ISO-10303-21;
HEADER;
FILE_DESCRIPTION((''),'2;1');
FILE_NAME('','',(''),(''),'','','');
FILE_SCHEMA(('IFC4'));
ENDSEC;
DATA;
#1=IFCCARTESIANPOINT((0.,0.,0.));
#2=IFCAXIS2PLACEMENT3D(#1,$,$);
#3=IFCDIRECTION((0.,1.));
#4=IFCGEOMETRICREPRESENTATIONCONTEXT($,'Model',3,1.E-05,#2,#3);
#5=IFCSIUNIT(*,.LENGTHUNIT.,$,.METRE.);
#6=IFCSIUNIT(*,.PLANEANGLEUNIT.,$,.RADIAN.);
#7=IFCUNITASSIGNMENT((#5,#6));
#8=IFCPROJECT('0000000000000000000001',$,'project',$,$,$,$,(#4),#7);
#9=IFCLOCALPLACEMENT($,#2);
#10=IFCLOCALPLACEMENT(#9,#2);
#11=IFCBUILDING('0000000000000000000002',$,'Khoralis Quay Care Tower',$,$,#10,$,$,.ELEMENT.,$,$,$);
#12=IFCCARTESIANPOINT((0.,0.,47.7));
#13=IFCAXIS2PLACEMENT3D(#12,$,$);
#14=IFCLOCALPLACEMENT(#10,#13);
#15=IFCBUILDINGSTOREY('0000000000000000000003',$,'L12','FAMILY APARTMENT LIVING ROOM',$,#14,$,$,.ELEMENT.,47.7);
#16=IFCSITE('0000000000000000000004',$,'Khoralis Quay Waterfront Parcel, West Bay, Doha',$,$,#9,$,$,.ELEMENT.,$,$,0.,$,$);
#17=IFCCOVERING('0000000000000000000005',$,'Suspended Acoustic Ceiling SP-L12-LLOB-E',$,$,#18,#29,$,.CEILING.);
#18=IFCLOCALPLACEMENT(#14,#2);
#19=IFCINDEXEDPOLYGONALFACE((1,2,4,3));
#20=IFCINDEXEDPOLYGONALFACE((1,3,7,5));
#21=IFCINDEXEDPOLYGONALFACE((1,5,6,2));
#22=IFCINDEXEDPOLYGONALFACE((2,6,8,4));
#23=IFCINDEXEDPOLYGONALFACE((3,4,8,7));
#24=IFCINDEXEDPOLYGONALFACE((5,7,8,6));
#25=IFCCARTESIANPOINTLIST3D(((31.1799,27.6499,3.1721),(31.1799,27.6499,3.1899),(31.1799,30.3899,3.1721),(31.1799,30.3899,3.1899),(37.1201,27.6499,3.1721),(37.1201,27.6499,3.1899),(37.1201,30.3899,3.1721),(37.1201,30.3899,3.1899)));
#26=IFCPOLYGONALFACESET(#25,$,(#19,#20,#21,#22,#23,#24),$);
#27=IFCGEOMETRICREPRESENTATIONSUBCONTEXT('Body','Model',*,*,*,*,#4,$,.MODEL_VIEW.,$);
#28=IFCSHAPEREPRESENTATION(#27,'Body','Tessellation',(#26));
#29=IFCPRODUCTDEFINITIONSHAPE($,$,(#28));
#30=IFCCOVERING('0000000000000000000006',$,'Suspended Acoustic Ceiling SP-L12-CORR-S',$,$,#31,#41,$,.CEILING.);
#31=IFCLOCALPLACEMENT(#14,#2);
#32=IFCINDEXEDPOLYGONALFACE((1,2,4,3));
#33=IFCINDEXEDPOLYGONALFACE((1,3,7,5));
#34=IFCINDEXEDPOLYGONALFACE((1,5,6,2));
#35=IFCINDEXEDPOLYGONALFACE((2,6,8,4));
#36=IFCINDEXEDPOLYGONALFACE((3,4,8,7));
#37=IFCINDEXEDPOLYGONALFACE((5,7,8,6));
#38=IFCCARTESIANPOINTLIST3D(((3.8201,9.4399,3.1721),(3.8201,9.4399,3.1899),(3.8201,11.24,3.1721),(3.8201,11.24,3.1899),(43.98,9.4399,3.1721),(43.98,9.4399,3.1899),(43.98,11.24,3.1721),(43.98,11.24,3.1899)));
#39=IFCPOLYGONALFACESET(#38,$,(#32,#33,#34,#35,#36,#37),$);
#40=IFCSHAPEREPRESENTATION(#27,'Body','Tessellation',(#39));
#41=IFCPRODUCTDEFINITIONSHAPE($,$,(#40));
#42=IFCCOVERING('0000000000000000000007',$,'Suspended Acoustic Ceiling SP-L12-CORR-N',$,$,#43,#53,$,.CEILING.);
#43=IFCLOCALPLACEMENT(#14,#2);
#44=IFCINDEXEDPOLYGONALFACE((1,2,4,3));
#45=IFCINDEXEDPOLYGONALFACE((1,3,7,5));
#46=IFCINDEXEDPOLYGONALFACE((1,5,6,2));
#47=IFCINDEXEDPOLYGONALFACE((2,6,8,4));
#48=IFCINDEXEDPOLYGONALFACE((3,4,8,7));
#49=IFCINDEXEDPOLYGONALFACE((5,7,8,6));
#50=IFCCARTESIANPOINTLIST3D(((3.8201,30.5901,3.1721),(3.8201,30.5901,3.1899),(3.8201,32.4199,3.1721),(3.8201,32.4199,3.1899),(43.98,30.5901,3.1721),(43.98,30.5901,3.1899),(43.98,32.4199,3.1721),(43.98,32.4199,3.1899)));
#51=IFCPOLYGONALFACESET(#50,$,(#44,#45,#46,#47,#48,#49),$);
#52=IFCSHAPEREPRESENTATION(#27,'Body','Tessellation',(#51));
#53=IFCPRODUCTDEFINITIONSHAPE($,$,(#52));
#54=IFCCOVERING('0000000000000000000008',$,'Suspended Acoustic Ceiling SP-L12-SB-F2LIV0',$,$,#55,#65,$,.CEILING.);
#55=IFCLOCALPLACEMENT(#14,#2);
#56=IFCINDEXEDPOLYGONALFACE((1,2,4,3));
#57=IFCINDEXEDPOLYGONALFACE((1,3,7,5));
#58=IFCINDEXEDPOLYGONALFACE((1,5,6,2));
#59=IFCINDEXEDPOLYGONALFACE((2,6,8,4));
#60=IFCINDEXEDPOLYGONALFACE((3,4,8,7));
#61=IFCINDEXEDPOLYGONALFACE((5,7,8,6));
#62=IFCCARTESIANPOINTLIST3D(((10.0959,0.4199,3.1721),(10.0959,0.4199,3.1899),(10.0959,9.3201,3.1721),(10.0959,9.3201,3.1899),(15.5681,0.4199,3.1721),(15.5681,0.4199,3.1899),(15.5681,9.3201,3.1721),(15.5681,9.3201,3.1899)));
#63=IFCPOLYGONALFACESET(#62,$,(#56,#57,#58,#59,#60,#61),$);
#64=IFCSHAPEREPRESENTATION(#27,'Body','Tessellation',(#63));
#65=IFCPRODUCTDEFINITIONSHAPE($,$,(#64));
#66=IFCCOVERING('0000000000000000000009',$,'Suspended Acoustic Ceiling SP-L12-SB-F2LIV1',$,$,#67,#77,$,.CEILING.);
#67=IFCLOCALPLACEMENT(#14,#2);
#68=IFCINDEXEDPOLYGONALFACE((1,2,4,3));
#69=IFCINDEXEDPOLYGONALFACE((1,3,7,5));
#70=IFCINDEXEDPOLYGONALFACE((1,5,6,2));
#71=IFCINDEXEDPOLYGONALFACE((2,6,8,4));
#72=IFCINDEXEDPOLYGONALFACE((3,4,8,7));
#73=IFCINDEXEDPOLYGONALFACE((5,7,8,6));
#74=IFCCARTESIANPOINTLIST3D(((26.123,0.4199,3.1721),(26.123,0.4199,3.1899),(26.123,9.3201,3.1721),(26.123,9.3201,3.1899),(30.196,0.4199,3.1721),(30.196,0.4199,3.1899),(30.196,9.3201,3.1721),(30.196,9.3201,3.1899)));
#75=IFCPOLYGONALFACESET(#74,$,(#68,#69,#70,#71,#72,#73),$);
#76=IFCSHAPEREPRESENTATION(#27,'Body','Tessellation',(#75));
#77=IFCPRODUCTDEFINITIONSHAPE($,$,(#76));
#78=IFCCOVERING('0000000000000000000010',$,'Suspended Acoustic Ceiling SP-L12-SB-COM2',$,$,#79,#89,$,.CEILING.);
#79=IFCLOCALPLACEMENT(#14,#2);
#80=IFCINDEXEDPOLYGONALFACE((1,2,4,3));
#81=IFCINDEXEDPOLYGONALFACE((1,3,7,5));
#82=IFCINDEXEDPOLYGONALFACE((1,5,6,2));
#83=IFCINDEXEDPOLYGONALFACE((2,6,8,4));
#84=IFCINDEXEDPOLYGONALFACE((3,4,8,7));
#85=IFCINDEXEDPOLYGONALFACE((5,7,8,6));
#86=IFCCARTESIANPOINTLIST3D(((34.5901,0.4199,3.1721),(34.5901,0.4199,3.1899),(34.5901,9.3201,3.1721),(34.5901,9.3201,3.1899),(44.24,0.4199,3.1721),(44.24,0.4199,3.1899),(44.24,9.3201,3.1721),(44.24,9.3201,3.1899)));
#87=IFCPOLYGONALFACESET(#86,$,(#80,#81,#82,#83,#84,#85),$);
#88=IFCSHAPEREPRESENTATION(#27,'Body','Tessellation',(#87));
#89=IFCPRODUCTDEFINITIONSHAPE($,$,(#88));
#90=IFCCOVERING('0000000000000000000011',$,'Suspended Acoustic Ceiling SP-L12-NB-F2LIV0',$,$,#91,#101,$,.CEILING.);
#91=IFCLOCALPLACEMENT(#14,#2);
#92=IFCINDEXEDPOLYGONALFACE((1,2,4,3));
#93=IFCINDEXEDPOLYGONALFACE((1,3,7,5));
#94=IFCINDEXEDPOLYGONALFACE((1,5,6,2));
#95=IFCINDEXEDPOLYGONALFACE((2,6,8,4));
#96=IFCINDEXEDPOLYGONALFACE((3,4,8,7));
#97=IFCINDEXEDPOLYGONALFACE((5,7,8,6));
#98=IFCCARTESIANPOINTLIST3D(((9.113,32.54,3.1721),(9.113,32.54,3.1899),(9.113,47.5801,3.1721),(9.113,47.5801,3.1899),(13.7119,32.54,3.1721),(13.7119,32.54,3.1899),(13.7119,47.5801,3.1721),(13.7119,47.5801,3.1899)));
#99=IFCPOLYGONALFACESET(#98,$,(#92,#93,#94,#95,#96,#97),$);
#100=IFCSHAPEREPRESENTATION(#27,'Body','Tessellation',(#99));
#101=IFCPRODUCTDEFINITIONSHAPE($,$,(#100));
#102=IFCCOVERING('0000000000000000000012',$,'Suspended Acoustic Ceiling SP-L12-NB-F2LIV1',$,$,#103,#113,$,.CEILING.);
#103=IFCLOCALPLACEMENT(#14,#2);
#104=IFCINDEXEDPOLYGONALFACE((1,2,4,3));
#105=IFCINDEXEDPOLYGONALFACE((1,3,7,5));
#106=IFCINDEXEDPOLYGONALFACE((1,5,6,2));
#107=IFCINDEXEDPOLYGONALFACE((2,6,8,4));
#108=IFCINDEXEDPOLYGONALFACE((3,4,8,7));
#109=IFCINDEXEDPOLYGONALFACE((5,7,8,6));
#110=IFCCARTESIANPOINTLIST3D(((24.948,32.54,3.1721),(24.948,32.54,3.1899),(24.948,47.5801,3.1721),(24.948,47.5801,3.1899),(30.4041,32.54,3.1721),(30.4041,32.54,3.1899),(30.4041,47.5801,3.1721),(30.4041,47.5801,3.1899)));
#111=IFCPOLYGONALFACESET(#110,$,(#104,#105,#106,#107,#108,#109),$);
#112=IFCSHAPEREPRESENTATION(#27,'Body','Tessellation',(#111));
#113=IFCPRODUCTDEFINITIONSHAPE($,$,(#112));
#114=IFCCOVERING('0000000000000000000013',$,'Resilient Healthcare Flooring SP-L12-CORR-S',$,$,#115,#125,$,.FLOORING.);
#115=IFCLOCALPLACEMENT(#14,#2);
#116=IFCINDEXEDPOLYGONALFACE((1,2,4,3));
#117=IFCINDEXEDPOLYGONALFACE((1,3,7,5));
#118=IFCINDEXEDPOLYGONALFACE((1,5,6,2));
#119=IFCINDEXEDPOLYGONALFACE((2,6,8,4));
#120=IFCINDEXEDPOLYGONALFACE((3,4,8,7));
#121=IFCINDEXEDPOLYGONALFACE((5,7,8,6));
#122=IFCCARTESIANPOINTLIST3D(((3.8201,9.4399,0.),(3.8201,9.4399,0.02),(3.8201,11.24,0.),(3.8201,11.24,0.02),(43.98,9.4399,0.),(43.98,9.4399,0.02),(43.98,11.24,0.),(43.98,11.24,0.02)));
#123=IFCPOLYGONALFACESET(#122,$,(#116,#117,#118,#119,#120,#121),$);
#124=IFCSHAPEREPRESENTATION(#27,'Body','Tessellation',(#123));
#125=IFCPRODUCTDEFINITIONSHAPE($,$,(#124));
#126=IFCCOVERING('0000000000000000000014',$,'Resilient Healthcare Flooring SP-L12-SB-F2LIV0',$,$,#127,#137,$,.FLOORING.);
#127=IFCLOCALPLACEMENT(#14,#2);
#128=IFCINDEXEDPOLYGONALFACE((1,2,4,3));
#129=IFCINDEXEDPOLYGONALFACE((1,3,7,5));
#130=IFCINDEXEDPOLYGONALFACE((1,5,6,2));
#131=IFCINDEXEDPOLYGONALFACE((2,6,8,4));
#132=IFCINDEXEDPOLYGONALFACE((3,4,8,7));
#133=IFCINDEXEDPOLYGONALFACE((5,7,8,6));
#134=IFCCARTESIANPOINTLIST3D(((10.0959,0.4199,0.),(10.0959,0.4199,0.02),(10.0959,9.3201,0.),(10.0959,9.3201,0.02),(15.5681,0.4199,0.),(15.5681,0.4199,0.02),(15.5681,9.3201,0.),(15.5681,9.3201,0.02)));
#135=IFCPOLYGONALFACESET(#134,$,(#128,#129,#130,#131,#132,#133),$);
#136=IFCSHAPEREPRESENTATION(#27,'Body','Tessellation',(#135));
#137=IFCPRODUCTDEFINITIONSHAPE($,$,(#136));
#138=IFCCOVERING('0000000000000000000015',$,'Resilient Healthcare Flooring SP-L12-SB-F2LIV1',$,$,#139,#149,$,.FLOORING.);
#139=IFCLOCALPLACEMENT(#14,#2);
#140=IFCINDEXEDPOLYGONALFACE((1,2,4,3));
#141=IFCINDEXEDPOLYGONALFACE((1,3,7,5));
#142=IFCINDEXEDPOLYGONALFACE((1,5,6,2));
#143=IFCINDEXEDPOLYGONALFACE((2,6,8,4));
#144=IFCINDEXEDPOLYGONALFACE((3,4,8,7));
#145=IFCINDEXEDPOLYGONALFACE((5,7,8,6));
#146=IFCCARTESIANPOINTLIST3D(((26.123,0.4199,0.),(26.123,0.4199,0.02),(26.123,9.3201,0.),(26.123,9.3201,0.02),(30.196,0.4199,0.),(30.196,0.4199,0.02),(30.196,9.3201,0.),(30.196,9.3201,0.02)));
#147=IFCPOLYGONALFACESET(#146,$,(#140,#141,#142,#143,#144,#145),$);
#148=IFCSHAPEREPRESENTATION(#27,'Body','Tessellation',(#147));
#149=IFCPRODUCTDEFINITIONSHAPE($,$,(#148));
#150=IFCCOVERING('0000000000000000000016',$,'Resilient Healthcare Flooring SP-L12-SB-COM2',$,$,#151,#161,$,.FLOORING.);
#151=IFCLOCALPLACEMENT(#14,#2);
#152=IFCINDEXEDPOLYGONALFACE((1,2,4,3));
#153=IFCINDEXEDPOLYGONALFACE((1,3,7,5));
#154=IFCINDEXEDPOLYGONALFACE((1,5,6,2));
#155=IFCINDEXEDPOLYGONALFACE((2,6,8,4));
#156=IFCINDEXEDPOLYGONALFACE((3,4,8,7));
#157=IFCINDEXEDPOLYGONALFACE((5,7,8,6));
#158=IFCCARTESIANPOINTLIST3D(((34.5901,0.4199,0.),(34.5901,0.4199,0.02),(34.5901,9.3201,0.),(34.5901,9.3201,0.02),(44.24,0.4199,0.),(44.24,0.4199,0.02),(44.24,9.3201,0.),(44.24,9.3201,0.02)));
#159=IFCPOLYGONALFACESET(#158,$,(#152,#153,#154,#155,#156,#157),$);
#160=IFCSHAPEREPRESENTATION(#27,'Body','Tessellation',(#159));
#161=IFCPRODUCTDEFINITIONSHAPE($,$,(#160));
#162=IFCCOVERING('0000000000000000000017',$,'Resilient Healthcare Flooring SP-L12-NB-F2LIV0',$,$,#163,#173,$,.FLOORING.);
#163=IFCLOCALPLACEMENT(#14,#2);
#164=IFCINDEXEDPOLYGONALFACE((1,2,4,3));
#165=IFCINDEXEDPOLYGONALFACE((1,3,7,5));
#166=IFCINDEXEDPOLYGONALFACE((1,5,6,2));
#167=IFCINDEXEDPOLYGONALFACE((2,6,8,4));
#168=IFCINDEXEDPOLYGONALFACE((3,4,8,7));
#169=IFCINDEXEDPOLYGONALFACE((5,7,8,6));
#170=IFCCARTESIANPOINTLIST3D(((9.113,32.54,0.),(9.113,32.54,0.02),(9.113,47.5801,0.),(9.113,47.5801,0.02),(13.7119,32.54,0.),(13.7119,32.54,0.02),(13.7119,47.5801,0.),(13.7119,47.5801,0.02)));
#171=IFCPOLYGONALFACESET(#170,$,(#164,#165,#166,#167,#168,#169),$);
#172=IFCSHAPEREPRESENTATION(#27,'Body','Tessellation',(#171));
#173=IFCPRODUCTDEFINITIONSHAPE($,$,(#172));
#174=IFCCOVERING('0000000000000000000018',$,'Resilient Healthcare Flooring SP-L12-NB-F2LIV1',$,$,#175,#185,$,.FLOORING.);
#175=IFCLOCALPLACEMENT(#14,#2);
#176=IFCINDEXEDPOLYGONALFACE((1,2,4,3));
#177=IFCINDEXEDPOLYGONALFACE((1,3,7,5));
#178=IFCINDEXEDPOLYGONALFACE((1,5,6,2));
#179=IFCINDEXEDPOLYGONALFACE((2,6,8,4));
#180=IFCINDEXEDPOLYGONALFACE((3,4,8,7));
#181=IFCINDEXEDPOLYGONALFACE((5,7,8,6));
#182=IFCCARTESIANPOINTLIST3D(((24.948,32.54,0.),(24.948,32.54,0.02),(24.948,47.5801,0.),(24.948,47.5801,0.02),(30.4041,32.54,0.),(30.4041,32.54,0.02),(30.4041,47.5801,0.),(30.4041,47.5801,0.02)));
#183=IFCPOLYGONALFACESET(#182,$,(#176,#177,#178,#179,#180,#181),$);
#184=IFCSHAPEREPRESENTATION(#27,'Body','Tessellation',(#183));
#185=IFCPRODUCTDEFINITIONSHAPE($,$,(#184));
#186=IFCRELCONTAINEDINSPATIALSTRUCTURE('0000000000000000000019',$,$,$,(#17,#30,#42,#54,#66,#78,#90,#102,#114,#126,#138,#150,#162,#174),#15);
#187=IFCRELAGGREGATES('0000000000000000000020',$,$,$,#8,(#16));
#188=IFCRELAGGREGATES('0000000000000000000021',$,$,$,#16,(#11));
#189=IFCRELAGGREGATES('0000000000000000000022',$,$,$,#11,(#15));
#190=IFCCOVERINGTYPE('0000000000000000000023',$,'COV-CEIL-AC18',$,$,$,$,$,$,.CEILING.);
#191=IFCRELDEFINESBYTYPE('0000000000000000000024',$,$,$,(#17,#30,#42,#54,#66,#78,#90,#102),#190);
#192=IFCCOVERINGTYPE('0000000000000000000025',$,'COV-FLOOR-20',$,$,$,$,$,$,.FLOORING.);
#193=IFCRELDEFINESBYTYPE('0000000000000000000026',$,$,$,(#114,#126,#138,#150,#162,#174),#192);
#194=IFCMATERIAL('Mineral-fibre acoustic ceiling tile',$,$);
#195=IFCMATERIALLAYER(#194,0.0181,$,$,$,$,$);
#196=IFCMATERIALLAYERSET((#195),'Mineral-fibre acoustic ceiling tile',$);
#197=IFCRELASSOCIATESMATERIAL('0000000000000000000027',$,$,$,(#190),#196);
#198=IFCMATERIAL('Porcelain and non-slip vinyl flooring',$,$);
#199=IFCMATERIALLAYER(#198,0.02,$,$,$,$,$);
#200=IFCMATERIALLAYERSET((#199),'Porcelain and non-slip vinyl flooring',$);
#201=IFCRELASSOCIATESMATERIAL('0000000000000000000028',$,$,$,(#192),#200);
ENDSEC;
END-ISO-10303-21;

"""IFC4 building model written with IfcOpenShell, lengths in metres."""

from ifc_helpers import new_model, si_unit, direction, frame, origin, place, context, subcontext, project, spatial, polyline, outline, extrude, material, layer, layer_set, type_object, element, save


model = new_model("IFC4")

# Units and contexts
model_context = context("Model", 3, precision=1e-05, world=origin(), true_north=direction((0.0, 1.0)))
body_context = subcontext(model_context, "Body", "Model", "MODEL_VIEW")
ifc_project = project(units=[si_unit("LENGTHUNIT", "METRE"), si_unit("PLANEANGLEUNIT", "RADIAN")], contexts=[model_context])

# Site, building, storey
site_placement = place(None, origin())
site = spatial("IfcSite", under=ifc_project, at=site_placement, Name="Khoralis Quay Waterfront Parcel, West Bay, Doha", CompositionType="ELEMENT", RefElevation=0.0)
building_placement = place(site_placement, origin())
building = spatial("IfcBuilding", under=site, at=building_placement, Name="Khoralis Quay Care Tower", CompositionType="ELEMENT")
storey_placement = place(building_placement, frame((0.0, 0.0, 47.7)))
storey = spatial("IfcBuildingStorey", under=building, at=storey_placement, Name="L12", Description="FAMILY APARTMENT LIVING ROOM", CompositionType="ELEMENT", Elevation=47.7)

# Coverings
ifc_material_1 = material(Name="Mineral-fibre acoustic ceiling tile")
ifc_layer_1 = layer(ifc_material_1, 0.0181)
ifc_layer_set_1 = layer_set([ifc_layer_1], Name="Mineral-fibre acoustic ceiling tile")
covering_type_1 = type_object("IfcCoveringType", Name="COV-CEIL-AC18", PredefinedType="CEILING", material=ifc_layer_set_1)
covering_1_placement = place(storey_placement, frame((0.0, 0.0, 3.1721)))
element("IfcCovering", 1, at=covering_1_placement, inside=storey, type_object=covering_type_1, Name="Suspended Acoustic Ceiling SP-L12-LLOB-E", PredefinedType="CEILING", context=body_context, shape_type="SweptSolid", body=[
    extrude(outline(polyline([(31.1799, 27.6499), (37.1201, 27.6499), (37.1201, 30.3899), (31.1799, 30.3899), (31.1799, 27.6499)])), origin(), (0.0, 0.0, 1.0), 0.0178),
])
covering_2_placement = place(storey_placement, frame((0.0, 0.0, 3.1721)))
element("IfcCovering", 2, at=covering_2_placement, inside=storey, type_object=covering_type_1, Name="Suspended Acoustic Ceiling SP-L12-CORR-S", PredefinedType="CEILING", context=body_context, shape_type="SweptSolid", body=[
    extrude(outline(polyline([(3.8201, 9.4399), (43.98, 9.4399), (43.98, 11.24), (3.8201, 11.24), (3.8201, 9.4399)])), origin(), (0.0, 0.0, 1.0), 0.0178),
])
covering_3_placement = place(storey_placement, frame((0.0, 0.0, 3.1721)))
element("IfcCovering", 3, at=covering_3_placement, inside=storey, type_object=covering_type_1, Name="Suspended Acoustic Ceiling SP-L12-CORR-N", PredefinedType="CEILING", context=body_context, shape_type="SweptSolid", body=[
    extrude(outline(polyline([(3.8201, 30.5901), (43.98, 30.5901), (43.98, 32.4199), (3.8201, 32.4199), (3.8201, 30.5901)])), origin(), (0.0, 0.0, 1.0), 0.0178),
])
covering_4_placement = place(storey_placement, frame((0.0, 0.0, 3.1721)))
element("IfcCovering", 4, at=covering_4_placement, inside=storey, type_object=covering_type_1, Name="Suspended Acoustic Ceiling SP-L12-SB-F2LIV0", PredefinedType="CEILING", context=body_context, shape_type="SweptSolid", body=[
    extrude(outline(polyline([(10.0959, 0.4199), (15.5681, 0.4199), (15.5681, 9.3201), (10.0959, 9.3201), (10.0959, 0.4199)])), origin(), (0.0, 0.0, 1.0), 0.0178),
])
covering_5_placement = place(storey_placement, frame((0.0, 0.0, 3.1721)))
element("IfcCovering", 5, at=covering_5_placement, inside=storey, type_object=covering_type_1, Name="Suspended Acoustic Ceiling SP-L12-SB-F2LIV1", PredefinedType="CEILING", context=body_context, shape_type="SweptSolid", body=[
    extrude(outline(polyline([(26.123, 0.4199), (30.196, 0.4199), (30.196, 9.3201), (26.123, 9.3201), (26.123, 0.4199)])), origin(), (0.0, 0.0, 1.0), 0.0178),
])
covering_6_placement = place(storey_placement, frame((0.0, 0.0, 3.1721)))
element("IfcCovering", 6, at=covering_6_placement, inside=storey, type_object=covering_type_1, Name="Suspended Acoustic Ceiling SP-L12-SB-COM2", PredefinedType="CEILING", context=body_context, shape_type="SweptSolid", body=[
    extrude(outline(polyline([(34.5901, 0.4199), (44.24, 0.4199), (44.24, 9.3201), (34.5901, 9.3201), (34.5901, 0.4199)])), origin(), (0.0, 0.0, 1.0), 0.0178),
])
covering_7_placement = place(storey_placement, frame((0.0, 0.0, 3.1721)))
element("IfcCovering", 7, at=covering_7_placement, inside=storey, type_object=covering_type_1, Name="Suspended Acoustic Ceiling SP-L12-NB-F2LIV0", PredefinedType="CEILING", context=body_context, shape_type="SweptSolid", body=[
    extrude(outline(polyline([(9.113, 32.54), (13.7119, 32.54), (13.7119, 47.5801), (9.113, 47.5801), (9.113, 32.54)])), origin(), (0.0, 0.0, 1.0), 0.0178),
])
covering_8_placement = place(storey_placement, frame((0.0, 0.0, 3.1721)))
element("IfcCovering", 8, at=covering_8_placement, inside=storey, type_object=covering_type_1, Name="Suspended Acoustic Ceiling SP-L12-NB-F2LIV1", PredefinedType="CEILING", context=body_context, shape_type="SweptSolid", body=[
    extrude(outline(polyline([(24.948, 32.54), (30.4041, 32.54), (30.4041, 47.5801), (24.948, 47.5801), (24.948, 32.54)])), origin(), (0.0, 0.0, 1.0), 0.0178),
])
ifc_material_2 = material(Name="Porcelain and non-slip vinyl flooring")
ifc_layer_2 = layer(ifc_material_2, 0.02)
ifc_layer_set_2 = layer_set([ifc_layer_2], Name="Porcelain and non-slip vinyl flooring")
covering_type_2 = type_object("IfcCoveringType", Name="COV-FLOOR-20", PredefinedType="FLOORING", material=ifc_layer_set_2)
covering_9_placement = place(storey_placement, origin())
element("IfcCovering", 9, at=covering_9_placement, inside=storey, type_object=covering_type_2, Name="Resilient Healthcare Flooring SP-L12-CORR-S", PredefinedType="FLOORING", context=body_context, shape_type="SweptSolid", body=[
    extrude(outline(polyline([(3.8201, 9.4399), (43.98, 9.4399), (43.98, 11.24), (3.8201, 11.24), (3.8201, 9.4399)])), origin(), (0.0, 0.0, 1.0), 0.02),
])
covering_10_placement = place(storey_placement, origin())
element("IfcCovering", 10, at=covering_10_placement, inside=storey, type_object=covering_type_2, Name="Resilient Healthcare Flooring SP-L12-SB-F2LIV0", PredefinedType="FLOORING", context=body_context, shape_type="SweptSolid", body=[
    extrude(outline(polyline([(10.0959, 0.4199), (15.5681, 0.4199), (15.5681, 9.3201), (10.0959, 9.3201), (10.0959, 0.4199)])), origin(), (0.0, 0.0, 1.0), 0.02),
])
covering_11_placement = place(storey_placement, origin())
element("IfcCovering", 11, at=covering_11_placement, inside=storey, type_object=covering_type_2, Name="Resilient Healthcare Flooring SP-L12-SB-F2LIV1", PredefinedType="FLOORING", context=body_context, shape_type="SweptSolid", body=[
    extrude(outline(polyline([(26.123, 0.4199), (30.196, 0.4199), (30.196, 9.3201), (26.123, 9.3201), (26.123, 0.4199)])), origin(), (0.0, 0.0, 1.0), 0.02),
])
covering_12_placement = place(storey_placement, origin())
element("IfcCovering", 12, at=covering_12_placement, inside=storey, type_object=covering_type_2, Name="Resilient Healthcare Flooring SP-L12-SB-COM2", PredefinedType="FLOORING", context=body_context, shape_type="SweptSolid", body=[
    extrude(outline(polyline([(34.5901, 0.4199), (44.24, 0.4199), (44.24, 9.3201), (34.5901, 9.3201), (34.5901, 0.4199)])), origin(), (0.0, 0.0, 1.0), 0.02),
])
covering_13_placement = place(storey_placement, origin())
element("IfcCovering", 13, at=covering_13_placement, inside=storey, type_object=covering_type_2, Name="Resilient Healthcare Flooring SP-L12-NB-F2LIV0", PredefinedType="FLOORING", context=body_context, shape_type="SweptSolid", body=[
    extrude(outline(polyline([(9.113, 32.54), (13.7119, 32.54), (13.7119, 47.5801), (9.113, 47.5801), (9.113, 32.54)])), origin(), (0.0, 0.0, 1.0), 0.02),
])
covering_14_placement = place(storey_placement, origin())
element("IfcCovering", 14, at=covering_14_placement, inside=storey, type_object=covering_type_2, Name="Resilient Healthcare Flooring SP-L12-NB-F2LIV1", PredefinedType="FLOORING", context=body_context, shape_type="SweptSolid", body=[
    extrude(outline(polyline([(24.948, 32.54), (30.4041, 32.54), (30.4041, 47.5801), (24.948, 47.5801), (24.948, 32.54)])), origin(), (0.0, 0.0, 1.0), 0.02),
])

save(model, "model.ifc")
